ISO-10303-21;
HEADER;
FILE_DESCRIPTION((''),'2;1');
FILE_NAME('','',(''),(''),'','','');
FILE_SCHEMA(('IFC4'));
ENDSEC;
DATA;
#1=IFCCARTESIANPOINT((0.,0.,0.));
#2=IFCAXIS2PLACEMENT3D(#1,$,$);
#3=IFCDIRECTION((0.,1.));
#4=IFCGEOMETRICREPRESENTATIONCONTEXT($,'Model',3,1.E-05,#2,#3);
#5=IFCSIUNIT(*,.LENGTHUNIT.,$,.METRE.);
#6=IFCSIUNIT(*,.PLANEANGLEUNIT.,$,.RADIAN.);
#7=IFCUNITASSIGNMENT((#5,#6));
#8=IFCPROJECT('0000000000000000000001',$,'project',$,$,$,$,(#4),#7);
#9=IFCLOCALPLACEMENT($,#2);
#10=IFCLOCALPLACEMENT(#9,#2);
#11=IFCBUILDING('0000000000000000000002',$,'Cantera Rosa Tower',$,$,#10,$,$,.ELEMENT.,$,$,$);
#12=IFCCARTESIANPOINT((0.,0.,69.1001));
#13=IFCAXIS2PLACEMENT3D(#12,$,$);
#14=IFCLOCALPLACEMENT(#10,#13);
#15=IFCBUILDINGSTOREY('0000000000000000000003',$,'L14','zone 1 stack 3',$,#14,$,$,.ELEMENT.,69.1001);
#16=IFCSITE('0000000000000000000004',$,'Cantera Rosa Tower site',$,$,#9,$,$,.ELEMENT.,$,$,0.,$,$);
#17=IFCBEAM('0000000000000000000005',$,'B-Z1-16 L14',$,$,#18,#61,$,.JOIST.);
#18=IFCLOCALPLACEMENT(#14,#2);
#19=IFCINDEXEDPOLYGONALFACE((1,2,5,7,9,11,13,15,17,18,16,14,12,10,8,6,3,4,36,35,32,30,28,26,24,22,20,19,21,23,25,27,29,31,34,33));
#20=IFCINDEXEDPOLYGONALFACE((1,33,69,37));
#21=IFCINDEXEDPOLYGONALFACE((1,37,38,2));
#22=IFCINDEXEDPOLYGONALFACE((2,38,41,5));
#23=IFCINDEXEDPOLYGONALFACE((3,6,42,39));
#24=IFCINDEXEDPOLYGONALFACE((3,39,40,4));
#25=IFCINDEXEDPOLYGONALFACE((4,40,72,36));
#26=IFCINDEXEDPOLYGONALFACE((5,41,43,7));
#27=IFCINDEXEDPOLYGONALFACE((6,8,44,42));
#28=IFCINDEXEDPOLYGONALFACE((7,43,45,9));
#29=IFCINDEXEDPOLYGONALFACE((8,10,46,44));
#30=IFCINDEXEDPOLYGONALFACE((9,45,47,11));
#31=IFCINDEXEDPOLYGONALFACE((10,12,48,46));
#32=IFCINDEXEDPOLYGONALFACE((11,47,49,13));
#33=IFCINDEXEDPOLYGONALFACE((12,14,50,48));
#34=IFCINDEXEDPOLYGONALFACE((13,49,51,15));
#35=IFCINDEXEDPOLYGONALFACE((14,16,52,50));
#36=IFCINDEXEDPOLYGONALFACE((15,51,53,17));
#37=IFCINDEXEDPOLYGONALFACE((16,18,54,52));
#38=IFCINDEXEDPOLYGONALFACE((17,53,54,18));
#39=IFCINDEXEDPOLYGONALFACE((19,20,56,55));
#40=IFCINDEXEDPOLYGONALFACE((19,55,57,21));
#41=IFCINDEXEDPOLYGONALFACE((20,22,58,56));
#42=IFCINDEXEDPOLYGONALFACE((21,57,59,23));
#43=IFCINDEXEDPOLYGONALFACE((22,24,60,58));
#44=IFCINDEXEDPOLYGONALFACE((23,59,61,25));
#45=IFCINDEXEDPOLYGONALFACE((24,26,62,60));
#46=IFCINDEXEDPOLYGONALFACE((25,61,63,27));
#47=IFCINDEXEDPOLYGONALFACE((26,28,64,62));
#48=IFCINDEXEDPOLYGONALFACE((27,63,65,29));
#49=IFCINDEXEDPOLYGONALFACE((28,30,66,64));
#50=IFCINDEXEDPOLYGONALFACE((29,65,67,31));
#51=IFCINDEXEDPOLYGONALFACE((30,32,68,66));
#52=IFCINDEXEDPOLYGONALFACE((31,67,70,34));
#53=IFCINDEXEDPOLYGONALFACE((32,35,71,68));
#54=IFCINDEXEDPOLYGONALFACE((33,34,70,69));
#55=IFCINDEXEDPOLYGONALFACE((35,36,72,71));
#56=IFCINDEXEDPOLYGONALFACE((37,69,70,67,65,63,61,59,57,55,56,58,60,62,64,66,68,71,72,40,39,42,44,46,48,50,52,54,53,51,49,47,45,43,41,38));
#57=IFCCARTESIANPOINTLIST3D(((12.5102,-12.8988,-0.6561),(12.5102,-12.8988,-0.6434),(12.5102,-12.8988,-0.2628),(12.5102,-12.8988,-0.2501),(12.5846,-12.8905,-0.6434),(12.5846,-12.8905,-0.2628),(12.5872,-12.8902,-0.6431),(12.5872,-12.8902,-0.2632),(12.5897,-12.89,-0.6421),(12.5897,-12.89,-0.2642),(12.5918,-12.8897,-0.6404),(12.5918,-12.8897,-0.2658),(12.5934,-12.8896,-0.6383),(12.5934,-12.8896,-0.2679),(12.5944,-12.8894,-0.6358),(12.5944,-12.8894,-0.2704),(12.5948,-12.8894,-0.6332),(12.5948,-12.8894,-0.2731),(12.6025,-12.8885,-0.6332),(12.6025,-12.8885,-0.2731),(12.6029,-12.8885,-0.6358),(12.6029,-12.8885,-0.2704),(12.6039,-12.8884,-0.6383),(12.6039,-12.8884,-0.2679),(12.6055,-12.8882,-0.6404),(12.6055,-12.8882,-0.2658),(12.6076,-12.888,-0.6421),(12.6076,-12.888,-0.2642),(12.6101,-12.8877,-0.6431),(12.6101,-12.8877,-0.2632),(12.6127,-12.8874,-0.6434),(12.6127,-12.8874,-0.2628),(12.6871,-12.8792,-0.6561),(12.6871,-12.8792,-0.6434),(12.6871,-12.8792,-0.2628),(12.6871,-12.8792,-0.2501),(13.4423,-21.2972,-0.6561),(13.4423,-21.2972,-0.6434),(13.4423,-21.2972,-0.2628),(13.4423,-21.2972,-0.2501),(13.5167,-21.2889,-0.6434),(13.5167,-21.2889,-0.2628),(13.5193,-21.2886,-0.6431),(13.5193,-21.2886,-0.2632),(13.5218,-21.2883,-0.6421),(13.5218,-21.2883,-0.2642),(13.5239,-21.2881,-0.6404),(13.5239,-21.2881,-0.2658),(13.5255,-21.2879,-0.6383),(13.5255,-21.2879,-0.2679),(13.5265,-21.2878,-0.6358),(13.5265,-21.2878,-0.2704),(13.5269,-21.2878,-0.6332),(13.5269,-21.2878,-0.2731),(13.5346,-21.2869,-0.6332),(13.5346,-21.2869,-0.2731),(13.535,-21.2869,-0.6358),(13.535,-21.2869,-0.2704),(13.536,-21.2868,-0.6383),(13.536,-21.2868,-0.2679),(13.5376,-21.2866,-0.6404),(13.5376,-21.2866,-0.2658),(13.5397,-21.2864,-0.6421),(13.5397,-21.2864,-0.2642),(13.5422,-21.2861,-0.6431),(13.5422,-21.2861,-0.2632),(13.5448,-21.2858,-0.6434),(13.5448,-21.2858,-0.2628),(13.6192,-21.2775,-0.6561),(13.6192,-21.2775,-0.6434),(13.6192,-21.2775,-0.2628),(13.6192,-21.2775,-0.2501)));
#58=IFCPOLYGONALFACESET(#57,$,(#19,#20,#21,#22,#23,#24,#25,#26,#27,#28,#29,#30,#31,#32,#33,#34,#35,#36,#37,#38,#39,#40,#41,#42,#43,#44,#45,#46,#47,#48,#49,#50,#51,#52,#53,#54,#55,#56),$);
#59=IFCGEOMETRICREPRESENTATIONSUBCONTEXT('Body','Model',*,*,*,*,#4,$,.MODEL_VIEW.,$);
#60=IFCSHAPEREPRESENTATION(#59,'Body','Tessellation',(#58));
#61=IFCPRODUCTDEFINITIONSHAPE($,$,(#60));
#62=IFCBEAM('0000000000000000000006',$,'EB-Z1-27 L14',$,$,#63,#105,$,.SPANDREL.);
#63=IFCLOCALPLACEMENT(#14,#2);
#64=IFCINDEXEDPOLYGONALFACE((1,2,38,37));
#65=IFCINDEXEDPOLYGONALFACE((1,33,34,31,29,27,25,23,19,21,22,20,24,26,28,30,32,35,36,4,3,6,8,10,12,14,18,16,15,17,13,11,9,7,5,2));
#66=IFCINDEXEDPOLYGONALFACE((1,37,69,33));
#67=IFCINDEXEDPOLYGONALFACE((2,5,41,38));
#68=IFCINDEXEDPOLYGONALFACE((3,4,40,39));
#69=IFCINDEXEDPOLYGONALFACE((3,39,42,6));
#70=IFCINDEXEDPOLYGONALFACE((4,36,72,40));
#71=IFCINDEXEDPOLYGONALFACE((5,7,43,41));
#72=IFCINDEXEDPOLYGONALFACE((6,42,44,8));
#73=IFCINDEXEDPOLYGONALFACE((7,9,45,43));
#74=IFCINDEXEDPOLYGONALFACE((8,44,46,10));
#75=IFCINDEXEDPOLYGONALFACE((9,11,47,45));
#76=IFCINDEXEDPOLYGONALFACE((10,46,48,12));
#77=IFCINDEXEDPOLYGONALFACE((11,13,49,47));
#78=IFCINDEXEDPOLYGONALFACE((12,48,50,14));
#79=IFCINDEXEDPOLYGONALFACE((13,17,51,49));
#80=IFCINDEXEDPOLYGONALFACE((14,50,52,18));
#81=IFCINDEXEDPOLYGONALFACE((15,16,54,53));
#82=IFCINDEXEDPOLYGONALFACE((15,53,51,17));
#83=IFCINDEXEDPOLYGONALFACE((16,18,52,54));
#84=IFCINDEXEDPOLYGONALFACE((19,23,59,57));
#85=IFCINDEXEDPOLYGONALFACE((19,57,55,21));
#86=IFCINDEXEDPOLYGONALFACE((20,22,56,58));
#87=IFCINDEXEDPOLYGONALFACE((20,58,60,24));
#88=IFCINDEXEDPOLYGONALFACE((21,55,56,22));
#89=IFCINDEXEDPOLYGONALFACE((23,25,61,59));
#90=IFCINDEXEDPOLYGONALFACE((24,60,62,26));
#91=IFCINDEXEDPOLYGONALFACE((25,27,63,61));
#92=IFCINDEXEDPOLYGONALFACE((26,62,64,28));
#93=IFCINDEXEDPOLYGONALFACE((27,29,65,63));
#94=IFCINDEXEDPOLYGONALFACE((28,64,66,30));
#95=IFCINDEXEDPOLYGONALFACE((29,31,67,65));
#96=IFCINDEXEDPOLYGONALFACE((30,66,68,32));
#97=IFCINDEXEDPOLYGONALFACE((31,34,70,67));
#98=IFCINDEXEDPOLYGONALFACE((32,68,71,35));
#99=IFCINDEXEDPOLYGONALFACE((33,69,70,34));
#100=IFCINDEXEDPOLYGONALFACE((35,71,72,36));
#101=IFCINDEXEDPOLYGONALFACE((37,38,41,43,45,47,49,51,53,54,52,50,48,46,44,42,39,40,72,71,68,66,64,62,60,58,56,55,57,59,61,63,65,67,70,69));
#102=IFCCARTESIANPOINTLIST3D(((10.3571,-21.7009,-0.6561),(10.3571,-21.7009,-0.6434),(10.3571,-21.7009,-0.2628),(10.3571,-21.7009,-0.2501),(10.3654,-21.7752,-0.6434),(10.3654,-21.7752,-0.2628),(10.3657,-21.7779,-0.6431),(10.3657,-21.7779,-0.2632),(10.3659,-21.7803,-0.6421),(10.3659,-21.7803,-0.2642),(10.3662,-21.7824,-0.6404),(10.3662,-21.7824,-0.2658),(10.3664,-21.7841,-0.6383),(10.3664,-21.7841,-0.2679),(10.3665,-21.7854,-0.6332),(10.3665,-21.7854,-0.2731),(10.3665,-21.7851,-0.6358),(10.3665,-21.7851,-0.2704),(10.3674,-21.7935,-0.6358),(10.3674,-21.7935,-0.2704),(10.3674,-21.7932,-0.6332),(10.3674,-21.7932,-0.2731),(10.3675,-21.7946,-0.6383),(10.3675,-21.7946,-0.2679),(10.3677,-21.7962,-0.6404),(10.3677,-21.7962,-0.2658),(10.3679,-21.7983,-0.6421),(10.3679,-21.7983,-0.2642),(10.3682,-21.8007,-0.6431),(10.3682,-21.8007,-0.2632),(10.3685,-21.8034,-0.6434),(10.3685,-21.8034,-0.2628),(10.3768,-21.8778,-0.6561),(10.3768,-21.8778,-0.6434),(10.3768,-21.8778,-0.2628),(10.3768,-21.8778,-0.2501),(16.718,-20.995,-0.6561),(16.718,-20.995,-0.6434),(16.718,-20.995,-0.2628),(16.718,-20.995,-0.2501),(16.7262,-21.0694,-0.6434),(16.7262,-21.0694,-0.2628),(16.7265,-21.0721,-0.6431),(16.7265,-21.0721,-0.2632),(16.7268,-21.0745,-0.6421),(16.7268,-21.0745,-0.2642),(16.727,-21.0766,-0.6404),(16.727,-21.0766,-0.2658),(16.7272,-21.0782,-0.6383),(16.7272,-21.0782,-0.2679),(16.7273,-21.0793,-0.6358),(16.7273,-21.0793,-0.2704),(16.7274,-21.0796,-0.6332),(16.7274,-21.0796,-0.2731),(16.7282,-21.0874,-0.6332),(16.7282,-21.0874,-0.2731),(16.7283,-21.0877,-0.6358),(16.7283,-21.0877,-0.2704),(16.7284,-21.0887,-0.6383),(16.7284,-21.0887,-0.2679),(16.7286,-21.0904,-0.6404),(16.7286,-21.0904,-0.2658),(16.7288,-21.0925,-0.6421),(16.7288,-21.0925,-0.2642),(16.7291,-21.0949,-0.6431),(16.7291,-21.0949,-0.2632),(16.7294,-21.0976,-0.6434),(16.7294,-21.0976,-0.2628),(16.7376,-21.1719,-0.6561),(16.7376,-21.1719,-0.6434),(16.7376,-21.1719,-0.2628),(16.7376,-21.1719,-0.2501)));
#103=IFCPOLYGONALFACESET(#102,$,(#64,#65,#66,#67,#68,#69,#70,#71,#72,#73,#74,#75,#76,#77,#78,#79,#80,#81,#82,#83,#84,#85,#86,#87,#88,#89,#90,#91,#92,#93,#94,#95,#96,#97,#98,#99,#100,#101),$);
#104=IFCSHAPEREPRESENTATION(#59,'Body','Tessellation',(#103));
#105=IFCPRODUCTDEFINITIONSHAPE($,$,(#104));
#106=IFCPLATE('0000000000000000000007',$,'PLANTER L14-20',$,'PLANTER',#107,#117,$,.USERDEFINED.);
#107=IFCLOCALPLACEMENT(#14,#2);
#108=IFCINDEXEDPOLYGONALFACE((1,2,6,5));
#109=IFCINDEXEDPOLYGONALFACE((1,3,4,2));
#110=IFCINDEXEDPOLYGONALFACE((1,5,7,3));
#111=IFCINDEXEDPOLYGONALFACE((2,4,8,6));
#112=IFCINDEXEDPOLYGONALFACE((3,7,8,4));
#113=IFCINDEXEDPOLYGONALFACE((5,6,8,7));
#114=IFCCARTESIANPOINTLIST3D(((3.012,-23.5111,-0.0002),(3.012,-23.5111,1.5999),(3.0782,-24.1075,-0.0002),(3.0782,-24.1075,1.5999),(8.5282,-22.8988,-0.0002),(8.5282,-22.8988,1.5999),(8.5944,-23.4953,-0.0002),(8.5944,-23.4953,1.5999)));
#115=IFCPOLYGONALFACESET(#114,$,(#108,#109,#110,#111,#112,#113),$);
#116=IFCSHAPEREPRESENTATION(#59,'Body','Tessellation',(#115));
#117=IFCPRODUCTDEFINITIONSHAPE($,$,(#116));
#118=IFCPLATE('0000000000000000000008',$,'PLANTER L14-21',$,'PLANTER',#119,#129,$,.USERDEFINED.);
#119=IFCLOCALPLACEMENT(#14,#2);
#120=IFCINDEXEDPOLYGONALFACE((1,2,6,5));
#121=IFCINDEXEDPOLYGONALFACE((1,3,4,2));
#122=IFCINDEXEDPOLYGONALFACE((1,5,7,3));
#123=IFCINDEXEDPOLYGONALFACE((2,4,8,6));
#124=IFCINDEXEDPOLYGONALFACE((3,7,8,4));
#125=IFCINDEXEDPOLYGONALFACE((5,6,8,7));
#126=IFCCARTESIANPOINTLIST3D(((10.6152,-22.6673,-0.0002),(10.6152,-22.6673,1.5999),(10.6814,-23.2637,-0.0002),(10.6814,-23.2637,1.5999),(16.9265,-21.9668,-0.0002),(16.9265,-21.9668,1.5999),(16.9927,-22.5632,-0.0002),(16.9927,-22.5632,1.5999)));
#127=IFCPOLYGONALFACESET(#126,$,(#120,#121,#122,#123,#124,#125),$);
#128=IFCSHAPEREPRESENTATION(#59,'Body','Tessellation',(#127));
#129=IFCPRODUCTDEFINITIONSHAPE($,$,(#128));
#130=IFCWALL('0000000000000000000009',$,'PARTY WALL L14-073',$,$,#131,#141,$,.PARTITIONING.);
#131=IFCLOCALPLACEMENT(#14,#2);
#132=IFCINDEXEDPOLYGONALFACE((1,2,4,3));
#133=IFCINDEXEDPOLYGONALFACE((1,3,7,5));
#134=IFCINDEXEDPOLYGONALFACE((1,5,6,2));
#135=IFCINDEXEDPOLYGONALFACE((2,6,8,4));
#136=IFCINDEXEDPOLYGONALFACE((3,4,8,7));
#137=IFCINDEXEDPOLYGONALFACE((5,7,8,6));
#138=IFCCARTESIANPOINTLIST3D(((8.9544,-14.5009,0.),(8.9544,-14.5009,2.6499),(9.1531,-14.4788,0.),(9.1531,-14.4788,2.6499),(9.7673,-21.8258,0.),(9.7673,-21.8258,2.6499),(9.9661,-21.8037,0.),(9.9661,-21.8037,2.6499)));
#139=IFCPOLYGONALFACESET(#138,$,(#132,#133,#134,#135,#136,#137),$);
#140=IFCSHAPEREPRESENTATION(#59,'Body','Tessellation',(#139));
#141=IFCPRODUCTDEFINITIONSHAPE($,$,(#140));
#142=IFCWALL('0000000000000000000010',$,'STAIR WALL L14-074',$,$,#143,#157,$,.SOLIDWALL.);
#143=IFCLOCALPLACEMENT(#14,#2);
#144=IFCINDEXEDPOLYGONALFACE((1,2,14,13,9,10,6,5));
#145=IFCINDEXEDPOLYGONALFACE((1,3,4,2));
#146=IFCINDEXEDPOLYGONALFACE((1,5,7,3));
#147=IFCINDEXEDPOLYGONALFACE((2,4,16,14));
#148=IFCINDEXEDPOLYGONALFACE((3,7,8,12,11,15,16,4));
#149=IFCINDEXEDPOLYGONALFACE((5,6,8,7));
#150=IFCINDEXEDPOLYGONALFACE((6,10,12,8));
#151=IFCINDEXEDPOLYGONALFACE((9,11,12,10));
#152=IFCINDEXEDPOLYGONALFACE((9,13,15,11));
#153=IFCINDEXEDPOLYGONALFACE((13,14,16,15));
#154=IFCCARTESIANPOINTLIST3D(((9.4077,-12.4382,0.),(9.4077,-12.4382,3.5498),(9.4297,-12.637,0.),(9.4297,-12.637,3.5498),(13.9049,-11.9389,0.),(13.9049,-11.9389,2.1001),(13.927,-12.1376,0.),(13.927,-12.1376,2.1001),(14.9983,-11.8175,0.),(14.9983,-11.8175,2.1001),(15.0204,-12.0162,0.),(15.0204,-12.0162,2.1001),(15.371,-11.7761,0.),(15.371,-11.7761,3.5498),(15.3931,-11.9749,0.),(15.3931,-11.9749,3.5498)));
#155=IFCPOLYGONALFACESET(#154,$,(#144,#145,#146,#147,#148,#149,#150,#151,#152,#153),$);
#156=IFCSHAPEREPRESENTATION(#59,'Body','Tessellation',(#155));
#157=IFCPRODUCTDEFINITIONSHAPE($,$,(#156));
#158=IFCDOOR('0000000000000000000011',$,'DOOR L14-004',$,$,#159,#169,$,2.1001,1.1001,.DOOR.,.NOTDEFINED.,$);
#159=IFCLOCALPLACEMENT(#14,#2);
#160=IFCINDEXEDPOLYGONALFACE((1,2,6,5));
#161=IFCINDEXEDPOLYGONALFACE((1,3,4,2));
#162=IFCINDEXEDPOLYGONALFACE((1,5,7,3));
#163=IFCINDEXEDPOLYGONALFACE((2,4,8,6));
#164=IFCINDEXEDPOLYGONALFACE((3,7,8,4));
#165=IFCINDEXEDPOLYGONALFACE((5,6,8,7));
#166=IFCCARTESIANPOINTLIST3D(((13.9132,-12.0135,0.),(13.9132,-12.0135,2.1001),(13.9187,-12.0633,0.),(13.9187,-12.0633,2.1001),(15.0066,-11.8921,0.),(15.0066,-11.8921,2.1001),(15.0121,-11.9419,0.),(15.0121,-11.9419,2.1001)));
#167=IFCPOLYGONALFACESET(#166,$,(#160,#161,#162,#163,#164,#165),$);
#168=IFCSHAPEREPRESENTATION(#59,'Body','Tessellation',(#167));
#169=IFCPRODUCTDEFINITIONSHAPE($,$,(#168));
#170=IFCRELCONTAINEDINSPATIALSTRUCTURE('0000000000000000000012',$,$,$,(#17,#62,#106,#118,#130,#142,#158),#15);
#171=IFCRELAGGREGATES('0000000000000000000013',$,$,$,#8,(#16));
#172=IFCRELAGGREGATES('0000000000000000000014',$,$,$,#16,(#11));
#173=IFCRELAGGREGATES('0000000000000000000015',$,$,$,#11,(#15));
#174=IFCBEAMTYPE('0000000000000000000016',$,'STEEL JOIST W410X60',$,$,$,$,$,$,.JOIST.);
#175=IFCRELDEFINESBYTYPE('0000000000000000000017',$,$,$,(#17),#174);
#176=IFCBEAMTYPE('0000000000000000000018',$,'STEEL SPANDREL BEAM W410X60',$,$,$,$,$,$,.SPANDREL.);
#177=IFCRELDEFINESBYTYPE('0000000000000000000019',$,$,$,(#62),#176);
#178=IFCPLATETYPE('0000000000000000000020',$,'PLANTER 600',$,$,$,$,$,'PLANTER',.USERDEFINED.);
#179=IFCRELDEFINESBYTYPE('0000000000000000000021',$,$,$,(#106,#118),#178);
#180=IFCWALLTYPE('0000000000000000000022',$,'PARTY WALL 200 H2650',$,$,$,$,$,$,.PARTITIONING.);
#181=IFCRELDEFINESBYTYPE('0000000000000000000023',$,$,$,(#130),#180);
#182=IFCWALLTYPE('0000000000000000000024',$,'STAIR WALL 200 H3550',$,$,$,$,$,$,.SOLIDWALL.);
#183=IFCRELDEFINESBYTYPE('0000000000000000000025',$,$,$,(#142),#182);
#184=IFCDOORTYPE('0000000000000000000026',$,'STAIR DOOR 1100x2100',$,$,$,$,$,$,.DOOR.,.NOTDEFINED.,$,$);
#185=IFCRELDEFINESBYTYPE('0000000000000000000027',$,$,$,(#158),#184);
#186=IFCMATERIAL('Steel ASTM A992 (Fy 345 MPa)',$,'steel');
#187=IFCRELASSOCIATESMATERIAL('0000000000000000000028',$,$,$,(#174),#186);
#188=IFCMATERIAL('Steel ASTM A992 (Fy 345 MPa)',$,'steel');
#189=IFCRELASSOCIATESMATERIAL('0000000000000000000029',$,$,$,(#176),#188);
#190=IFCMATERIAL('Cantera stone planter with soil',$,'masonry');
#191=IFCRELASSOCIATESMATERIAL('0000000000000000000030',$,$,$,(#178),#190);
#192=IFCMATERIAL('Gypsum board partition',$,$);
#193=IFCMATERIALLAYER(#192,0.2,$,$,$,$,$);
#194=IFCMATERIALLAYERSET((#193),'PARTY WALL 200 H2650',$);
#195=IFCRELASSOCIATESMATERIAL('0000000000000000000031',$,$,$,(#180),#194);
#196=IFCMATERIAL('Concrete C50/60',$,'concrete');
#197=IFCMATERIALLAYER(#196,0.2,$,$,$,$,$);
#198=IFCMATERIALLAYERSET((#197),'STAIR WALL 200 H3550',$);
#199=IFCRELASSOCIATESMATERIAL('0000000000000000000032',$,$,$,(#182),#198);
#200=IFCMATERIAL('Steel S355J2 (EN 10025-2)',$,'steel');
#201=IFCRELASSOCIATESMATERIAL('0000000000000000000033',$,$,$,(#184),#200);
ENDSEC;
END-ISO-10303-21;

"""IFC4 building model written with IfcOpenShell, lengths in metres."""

from ifc_helpers import new_model, si_unit, direction, frame, frame_2d, origin, origin_2d, place, context, subcontext, project, spatial, rectangle, i_section, extrude, material, layer, layer_set, material_profile, profile_set, type_object, element, fill, save


model = new_model("IFC4")

# Units and contexts
model_context = context("Model", 3, precision=1e-05, world=origin(), true_north=direction((0.0, 1.0)))
body_context = subcontext(model_context, "Body", "Model", "MODEL_VIEW")
ifc_project = project(units=[si_unit("LENGTHUNIT", "METRE"), si_unit("PLANEANGLEUNIT", "RADIAN")], contexts=[model_context])

# Site, building, storey
site_placement = place(None, origin())
site = spatial("IfcSite", under=ifc_project, at=site_placement, Name="Cantera Rosa Tower site", CompositionType="ELEMENT", RefElevation=0.0)
building_placement = place(site_placement, origin())
building = spatial("IfcBuilding", under=site, at=building_placement, Name="Cantera Rosa Tower", CompositionType="ELEMENT")
storey_placement = place(building_placement, frame((0.0, 0.0, 69.1001)))
storey = spatial("IfcBuildingStorey", under=building, at=storey_placement, Name="L14", Description="zone 1 stack 3", CompositionType="ELEMENT", Elevation=69.1001)

# Beams
ifc_material_1 = material(Name="Steel ASTM A992 (Fy 345 MPa)", Category="steel")
ifc_material_profile_1 = material_profile(ifc_material_1, i_section(OverallWidth=0.178, OverallDepth=0.406, WebThickness=0.0078, FlangeThickness=0.0127, FilletRadius=0.0103, at=origin_2d()), Name="W410X60")
ifc_profile_set_1 = profile_set([ifc_material_profile_1], Name="Steel ASTM A992 (Fy 345 MPa)")
beam_type_1 = type_object("IfcBeamType", Name="STEEL JOIST W410X60", PredefinedType="JOIST", material=ifc_profile_set_1)
for number, where, z_axis, x_axis, name in (
    (1, (13.5308, -21.2874, -0.4531), (-0.110311, 0.993897, 0.0), (-0.993897, -0.110311, 0.0), "B-Z1-16 L14"),
):
    element("IfcBeam", number, at=place(storey_placement, frame(where, z_axis=z_axis, x_axis=x_axis)), inside=storey, type_object=beam_type_1, Name=name, PredefinedType="JOIST", context=body_context, shape_type="SweptSolid", body=[
        extrude(i_section(OverallWidth=0.178, OverallDepth=0.406, WebThickness=0.0078, FlangeThickness=0.0127, FilletRadius=0.0103, at=origin_2d()), origin(), (0.0, 0.0, 1.0), 8.45),
    ])
ifc_material_2 = material(Name="Steel ASTM A992 (Fy 345 MPa)", Category="steel")
ifc_material_profile_2 = material_profile(ifc_material_2, i_section(OverallWidth=0.178, OverallDepth=0.406, WebThickness=0.0078, FlangeThickness=0.0127, FilletRadius=0.0103, at=origin_2d()), Name="W410X60")
ifc_profile_set_2 = profile_set([ifc_material_profile_2], Name="Steel ASTM A992 (Fy 345 MPa)")
beam_type_2 = type_object("IfcBeamType", Name="STEEL SPANDREL BEAM W410X60", PredefinedType="SPANDREL", material=ifc_profile_set_2)
beam_1_placement = place(storey_placement, frame((10.3669, -21.7893, -0.4531), z_axis=(0.9939, 0.110285, 0.0), x_axis=(-0.110285, 0.9939, 0.0)))
element("IfcBeam", 2, at=beam_1_placement, inside=storey, type_object=beam_type_2, Name="EB-Z1-27 L14", PredefinedType="SPANDREL", context=body_context, shape_type="SweptSolid", body=[
    extrude(i_section(OverallWidth=0.178, OverallDepth=0.406, WebThickness=0.0078, FlangeThickness=0.0127, FilletRadius=0.0103, at=origin_2d()), origin(), (0.0, 0.0, 1.0), 6.3999),
])

# Plates
ifc_material_3 = material(Name="Cantera stone planter with soil", Category="masonry")
plate_type = type_object("IfcPlateType", Name="PLANTER 600", ElementType="PLANTER", PredefinedType="USERDEFINED", material=ifc_material_3)
plate_1_placement = place(storey_placement, frame((5.8032, -23.5032, -0.0002), z_axis=(0.0, 0.0, 1.0), x_axis=(0.993897, 0.110313, 0.0)))
element("IfcPlate", 3, at=plate_1_placement, inside=storey, type_object=plate_type, Name="PLANTER L14-20", ObjectType="PLANTER", PredefinedType="USERDEFINED", context=body_context, shape_type="SweptSolid", body=[
    extrude(rectangle(XDim=5.55, YDim=0.6001, at=origin_2d()), origin(), (0.0, 0.0, 1.0), 1.6001),
])
plate_2_placement = place(storey_placement, frame((13.804, -22.6152, -0.0002), z_axis=(0.0, 0.0, 1.0), x_axis=(0.993897, 0.110313, 0.0)))
element("IfcPlate", 4, at=plate_2_placement, inside=storey, type_object=plate_type, Name="PLANTER L14-21", ObjectType="PLANTER", PredefinedType="USERDEFINED", context=body_context, shape_type="SweptSolid", body=[
    extrude(rectangle(XDim=6.3501, YDim=0.6001, at=origin_2d()), origin(), (0.0, 0.0, 1.0), 1.6001),
])

# Wall
ifc_material_4 = material(Name="Gypsum board partition")
ifc_layer_1 = layer(ifc_material_4, 0.2)
ifc_layer_set_1 = layer_set([ifc_layer_1], Name="PARTY WALL 200 H2650")
wall_type_1 = type_object("IfcWallType", Name="PARTY WALL 200 H2650", PredefinedType="PARTITIONING", material=ifc_layer_set_1)
wall_1_placement = place(storey_placement, frame((9.0537, -14.4897, 0.0), z_axis=(0.0, 0.0, 1.0), x_axis=(0.110312, -0.993897, 0.0)))
element("IfcWall", 5, at=wall_1_placement, inside=storey, type_object=wall_type_1, Name="PARTY WALL L14-073", PredefinedType="PARTITIONING", context=body_context, shape_type="SweptSolid", body=[
    extrude(rectangle(XDim=7.3699, YDim=0.2, at=frame_2d((3.6851, 0.0))), origin(), (0.0, 0.0, 1.0), 2.6499),
])

# Wall, opening, door
ifc_material_5 = material(Name="Concrete C50/60", Category="concrete")
ifc_layer_2 = layer(ifc_material_5, 0.2)
ifc_layer_set_2 = layer_set([ifc_layer_2], Name="STAIR WALL 200 H3550")
wall_type_2 = type_object("IfcWallType", Name="STAIR WALL 200 H3550", PredefinedType="SOLIDWALL", material=ifc_layer_set_2)
wall_2_placement = place(storey_placement, frame((9.4187, -12.5376, 0.0), z_axis=(0.0, 0.0, 1.0), x_axis=(0.993893, 0.110351, 0.0)))
wall_2 = element("IfcWall", 6, at=wall_2_placement, inside=storey, type_object=wall_type_2, Name="STAIR WALL L14-074", PredefinedType="SOLIDWALL", context=body_context, shape_type="SweptSolid", body=[
    extrude(rectangle(XDim=6.0, YDim=0.2, at=frame_2d((3.0, 0.0))), origin(), (0.0, 0.0, 1.0), 3.5498),
])
opening_1_placement = place(wall_2_placement, frame((4.5249, 0.0, 0.0)))
opening_1 = element("IfcOpeningElement", 7, at=opening_1_placement, cuts=wall_2, PredefinedType="OPENING", context=body_context, shape_type="SweptSolid", body=[
    extrude(rectangle(XDim=1.1001, YDim=2.1001, at=frame_2d((0.55, 1.05))), frame((0.0, 0.1099, 0.0), z_axis=(0.0, -1.0, 0.0), x_axis=(1.0, 0.0, 0.0)), (0.0, 0.0, 1.0), 0.22),
])
ifc_material_6 = material(Name="Steel S355J2 (EN 10025-2)", Category="steel")
door_type_1 = type_object("IfcDoorType", Name="STAIR DOOR 1100x2100", OperationType="NOTDEFINED", PredefinedType="DOOR", material=ifc_material_6)
door_1_placement = place(opening_1_placement, origin())
door_1 = element("IfcDoor", 8, at=door_1_placement, inside=storey, type_object=door_type_1, Name="DOOR L14-004", OperationType="NOTDEFINED", OverallHeight=2.1001, OverallWidth=1.1001, PredefinedType="DOOR", context=body_context, shape_type="SweptSolid", body=[
    extrude(rectangle(XDim=1.1001, YDim=2.1001, at=frame_2d((0.55, 1.05))), frame((0.0, 0.0249, 0.0), z_axis=(0.0, -1.0, 0.0), x_axis=(1.0, 0.0, 0.0)), (0.0, 0.0, 1.0), 0.05),
])
fill(opening_1, door_1)

save(model, "model.ifc")
